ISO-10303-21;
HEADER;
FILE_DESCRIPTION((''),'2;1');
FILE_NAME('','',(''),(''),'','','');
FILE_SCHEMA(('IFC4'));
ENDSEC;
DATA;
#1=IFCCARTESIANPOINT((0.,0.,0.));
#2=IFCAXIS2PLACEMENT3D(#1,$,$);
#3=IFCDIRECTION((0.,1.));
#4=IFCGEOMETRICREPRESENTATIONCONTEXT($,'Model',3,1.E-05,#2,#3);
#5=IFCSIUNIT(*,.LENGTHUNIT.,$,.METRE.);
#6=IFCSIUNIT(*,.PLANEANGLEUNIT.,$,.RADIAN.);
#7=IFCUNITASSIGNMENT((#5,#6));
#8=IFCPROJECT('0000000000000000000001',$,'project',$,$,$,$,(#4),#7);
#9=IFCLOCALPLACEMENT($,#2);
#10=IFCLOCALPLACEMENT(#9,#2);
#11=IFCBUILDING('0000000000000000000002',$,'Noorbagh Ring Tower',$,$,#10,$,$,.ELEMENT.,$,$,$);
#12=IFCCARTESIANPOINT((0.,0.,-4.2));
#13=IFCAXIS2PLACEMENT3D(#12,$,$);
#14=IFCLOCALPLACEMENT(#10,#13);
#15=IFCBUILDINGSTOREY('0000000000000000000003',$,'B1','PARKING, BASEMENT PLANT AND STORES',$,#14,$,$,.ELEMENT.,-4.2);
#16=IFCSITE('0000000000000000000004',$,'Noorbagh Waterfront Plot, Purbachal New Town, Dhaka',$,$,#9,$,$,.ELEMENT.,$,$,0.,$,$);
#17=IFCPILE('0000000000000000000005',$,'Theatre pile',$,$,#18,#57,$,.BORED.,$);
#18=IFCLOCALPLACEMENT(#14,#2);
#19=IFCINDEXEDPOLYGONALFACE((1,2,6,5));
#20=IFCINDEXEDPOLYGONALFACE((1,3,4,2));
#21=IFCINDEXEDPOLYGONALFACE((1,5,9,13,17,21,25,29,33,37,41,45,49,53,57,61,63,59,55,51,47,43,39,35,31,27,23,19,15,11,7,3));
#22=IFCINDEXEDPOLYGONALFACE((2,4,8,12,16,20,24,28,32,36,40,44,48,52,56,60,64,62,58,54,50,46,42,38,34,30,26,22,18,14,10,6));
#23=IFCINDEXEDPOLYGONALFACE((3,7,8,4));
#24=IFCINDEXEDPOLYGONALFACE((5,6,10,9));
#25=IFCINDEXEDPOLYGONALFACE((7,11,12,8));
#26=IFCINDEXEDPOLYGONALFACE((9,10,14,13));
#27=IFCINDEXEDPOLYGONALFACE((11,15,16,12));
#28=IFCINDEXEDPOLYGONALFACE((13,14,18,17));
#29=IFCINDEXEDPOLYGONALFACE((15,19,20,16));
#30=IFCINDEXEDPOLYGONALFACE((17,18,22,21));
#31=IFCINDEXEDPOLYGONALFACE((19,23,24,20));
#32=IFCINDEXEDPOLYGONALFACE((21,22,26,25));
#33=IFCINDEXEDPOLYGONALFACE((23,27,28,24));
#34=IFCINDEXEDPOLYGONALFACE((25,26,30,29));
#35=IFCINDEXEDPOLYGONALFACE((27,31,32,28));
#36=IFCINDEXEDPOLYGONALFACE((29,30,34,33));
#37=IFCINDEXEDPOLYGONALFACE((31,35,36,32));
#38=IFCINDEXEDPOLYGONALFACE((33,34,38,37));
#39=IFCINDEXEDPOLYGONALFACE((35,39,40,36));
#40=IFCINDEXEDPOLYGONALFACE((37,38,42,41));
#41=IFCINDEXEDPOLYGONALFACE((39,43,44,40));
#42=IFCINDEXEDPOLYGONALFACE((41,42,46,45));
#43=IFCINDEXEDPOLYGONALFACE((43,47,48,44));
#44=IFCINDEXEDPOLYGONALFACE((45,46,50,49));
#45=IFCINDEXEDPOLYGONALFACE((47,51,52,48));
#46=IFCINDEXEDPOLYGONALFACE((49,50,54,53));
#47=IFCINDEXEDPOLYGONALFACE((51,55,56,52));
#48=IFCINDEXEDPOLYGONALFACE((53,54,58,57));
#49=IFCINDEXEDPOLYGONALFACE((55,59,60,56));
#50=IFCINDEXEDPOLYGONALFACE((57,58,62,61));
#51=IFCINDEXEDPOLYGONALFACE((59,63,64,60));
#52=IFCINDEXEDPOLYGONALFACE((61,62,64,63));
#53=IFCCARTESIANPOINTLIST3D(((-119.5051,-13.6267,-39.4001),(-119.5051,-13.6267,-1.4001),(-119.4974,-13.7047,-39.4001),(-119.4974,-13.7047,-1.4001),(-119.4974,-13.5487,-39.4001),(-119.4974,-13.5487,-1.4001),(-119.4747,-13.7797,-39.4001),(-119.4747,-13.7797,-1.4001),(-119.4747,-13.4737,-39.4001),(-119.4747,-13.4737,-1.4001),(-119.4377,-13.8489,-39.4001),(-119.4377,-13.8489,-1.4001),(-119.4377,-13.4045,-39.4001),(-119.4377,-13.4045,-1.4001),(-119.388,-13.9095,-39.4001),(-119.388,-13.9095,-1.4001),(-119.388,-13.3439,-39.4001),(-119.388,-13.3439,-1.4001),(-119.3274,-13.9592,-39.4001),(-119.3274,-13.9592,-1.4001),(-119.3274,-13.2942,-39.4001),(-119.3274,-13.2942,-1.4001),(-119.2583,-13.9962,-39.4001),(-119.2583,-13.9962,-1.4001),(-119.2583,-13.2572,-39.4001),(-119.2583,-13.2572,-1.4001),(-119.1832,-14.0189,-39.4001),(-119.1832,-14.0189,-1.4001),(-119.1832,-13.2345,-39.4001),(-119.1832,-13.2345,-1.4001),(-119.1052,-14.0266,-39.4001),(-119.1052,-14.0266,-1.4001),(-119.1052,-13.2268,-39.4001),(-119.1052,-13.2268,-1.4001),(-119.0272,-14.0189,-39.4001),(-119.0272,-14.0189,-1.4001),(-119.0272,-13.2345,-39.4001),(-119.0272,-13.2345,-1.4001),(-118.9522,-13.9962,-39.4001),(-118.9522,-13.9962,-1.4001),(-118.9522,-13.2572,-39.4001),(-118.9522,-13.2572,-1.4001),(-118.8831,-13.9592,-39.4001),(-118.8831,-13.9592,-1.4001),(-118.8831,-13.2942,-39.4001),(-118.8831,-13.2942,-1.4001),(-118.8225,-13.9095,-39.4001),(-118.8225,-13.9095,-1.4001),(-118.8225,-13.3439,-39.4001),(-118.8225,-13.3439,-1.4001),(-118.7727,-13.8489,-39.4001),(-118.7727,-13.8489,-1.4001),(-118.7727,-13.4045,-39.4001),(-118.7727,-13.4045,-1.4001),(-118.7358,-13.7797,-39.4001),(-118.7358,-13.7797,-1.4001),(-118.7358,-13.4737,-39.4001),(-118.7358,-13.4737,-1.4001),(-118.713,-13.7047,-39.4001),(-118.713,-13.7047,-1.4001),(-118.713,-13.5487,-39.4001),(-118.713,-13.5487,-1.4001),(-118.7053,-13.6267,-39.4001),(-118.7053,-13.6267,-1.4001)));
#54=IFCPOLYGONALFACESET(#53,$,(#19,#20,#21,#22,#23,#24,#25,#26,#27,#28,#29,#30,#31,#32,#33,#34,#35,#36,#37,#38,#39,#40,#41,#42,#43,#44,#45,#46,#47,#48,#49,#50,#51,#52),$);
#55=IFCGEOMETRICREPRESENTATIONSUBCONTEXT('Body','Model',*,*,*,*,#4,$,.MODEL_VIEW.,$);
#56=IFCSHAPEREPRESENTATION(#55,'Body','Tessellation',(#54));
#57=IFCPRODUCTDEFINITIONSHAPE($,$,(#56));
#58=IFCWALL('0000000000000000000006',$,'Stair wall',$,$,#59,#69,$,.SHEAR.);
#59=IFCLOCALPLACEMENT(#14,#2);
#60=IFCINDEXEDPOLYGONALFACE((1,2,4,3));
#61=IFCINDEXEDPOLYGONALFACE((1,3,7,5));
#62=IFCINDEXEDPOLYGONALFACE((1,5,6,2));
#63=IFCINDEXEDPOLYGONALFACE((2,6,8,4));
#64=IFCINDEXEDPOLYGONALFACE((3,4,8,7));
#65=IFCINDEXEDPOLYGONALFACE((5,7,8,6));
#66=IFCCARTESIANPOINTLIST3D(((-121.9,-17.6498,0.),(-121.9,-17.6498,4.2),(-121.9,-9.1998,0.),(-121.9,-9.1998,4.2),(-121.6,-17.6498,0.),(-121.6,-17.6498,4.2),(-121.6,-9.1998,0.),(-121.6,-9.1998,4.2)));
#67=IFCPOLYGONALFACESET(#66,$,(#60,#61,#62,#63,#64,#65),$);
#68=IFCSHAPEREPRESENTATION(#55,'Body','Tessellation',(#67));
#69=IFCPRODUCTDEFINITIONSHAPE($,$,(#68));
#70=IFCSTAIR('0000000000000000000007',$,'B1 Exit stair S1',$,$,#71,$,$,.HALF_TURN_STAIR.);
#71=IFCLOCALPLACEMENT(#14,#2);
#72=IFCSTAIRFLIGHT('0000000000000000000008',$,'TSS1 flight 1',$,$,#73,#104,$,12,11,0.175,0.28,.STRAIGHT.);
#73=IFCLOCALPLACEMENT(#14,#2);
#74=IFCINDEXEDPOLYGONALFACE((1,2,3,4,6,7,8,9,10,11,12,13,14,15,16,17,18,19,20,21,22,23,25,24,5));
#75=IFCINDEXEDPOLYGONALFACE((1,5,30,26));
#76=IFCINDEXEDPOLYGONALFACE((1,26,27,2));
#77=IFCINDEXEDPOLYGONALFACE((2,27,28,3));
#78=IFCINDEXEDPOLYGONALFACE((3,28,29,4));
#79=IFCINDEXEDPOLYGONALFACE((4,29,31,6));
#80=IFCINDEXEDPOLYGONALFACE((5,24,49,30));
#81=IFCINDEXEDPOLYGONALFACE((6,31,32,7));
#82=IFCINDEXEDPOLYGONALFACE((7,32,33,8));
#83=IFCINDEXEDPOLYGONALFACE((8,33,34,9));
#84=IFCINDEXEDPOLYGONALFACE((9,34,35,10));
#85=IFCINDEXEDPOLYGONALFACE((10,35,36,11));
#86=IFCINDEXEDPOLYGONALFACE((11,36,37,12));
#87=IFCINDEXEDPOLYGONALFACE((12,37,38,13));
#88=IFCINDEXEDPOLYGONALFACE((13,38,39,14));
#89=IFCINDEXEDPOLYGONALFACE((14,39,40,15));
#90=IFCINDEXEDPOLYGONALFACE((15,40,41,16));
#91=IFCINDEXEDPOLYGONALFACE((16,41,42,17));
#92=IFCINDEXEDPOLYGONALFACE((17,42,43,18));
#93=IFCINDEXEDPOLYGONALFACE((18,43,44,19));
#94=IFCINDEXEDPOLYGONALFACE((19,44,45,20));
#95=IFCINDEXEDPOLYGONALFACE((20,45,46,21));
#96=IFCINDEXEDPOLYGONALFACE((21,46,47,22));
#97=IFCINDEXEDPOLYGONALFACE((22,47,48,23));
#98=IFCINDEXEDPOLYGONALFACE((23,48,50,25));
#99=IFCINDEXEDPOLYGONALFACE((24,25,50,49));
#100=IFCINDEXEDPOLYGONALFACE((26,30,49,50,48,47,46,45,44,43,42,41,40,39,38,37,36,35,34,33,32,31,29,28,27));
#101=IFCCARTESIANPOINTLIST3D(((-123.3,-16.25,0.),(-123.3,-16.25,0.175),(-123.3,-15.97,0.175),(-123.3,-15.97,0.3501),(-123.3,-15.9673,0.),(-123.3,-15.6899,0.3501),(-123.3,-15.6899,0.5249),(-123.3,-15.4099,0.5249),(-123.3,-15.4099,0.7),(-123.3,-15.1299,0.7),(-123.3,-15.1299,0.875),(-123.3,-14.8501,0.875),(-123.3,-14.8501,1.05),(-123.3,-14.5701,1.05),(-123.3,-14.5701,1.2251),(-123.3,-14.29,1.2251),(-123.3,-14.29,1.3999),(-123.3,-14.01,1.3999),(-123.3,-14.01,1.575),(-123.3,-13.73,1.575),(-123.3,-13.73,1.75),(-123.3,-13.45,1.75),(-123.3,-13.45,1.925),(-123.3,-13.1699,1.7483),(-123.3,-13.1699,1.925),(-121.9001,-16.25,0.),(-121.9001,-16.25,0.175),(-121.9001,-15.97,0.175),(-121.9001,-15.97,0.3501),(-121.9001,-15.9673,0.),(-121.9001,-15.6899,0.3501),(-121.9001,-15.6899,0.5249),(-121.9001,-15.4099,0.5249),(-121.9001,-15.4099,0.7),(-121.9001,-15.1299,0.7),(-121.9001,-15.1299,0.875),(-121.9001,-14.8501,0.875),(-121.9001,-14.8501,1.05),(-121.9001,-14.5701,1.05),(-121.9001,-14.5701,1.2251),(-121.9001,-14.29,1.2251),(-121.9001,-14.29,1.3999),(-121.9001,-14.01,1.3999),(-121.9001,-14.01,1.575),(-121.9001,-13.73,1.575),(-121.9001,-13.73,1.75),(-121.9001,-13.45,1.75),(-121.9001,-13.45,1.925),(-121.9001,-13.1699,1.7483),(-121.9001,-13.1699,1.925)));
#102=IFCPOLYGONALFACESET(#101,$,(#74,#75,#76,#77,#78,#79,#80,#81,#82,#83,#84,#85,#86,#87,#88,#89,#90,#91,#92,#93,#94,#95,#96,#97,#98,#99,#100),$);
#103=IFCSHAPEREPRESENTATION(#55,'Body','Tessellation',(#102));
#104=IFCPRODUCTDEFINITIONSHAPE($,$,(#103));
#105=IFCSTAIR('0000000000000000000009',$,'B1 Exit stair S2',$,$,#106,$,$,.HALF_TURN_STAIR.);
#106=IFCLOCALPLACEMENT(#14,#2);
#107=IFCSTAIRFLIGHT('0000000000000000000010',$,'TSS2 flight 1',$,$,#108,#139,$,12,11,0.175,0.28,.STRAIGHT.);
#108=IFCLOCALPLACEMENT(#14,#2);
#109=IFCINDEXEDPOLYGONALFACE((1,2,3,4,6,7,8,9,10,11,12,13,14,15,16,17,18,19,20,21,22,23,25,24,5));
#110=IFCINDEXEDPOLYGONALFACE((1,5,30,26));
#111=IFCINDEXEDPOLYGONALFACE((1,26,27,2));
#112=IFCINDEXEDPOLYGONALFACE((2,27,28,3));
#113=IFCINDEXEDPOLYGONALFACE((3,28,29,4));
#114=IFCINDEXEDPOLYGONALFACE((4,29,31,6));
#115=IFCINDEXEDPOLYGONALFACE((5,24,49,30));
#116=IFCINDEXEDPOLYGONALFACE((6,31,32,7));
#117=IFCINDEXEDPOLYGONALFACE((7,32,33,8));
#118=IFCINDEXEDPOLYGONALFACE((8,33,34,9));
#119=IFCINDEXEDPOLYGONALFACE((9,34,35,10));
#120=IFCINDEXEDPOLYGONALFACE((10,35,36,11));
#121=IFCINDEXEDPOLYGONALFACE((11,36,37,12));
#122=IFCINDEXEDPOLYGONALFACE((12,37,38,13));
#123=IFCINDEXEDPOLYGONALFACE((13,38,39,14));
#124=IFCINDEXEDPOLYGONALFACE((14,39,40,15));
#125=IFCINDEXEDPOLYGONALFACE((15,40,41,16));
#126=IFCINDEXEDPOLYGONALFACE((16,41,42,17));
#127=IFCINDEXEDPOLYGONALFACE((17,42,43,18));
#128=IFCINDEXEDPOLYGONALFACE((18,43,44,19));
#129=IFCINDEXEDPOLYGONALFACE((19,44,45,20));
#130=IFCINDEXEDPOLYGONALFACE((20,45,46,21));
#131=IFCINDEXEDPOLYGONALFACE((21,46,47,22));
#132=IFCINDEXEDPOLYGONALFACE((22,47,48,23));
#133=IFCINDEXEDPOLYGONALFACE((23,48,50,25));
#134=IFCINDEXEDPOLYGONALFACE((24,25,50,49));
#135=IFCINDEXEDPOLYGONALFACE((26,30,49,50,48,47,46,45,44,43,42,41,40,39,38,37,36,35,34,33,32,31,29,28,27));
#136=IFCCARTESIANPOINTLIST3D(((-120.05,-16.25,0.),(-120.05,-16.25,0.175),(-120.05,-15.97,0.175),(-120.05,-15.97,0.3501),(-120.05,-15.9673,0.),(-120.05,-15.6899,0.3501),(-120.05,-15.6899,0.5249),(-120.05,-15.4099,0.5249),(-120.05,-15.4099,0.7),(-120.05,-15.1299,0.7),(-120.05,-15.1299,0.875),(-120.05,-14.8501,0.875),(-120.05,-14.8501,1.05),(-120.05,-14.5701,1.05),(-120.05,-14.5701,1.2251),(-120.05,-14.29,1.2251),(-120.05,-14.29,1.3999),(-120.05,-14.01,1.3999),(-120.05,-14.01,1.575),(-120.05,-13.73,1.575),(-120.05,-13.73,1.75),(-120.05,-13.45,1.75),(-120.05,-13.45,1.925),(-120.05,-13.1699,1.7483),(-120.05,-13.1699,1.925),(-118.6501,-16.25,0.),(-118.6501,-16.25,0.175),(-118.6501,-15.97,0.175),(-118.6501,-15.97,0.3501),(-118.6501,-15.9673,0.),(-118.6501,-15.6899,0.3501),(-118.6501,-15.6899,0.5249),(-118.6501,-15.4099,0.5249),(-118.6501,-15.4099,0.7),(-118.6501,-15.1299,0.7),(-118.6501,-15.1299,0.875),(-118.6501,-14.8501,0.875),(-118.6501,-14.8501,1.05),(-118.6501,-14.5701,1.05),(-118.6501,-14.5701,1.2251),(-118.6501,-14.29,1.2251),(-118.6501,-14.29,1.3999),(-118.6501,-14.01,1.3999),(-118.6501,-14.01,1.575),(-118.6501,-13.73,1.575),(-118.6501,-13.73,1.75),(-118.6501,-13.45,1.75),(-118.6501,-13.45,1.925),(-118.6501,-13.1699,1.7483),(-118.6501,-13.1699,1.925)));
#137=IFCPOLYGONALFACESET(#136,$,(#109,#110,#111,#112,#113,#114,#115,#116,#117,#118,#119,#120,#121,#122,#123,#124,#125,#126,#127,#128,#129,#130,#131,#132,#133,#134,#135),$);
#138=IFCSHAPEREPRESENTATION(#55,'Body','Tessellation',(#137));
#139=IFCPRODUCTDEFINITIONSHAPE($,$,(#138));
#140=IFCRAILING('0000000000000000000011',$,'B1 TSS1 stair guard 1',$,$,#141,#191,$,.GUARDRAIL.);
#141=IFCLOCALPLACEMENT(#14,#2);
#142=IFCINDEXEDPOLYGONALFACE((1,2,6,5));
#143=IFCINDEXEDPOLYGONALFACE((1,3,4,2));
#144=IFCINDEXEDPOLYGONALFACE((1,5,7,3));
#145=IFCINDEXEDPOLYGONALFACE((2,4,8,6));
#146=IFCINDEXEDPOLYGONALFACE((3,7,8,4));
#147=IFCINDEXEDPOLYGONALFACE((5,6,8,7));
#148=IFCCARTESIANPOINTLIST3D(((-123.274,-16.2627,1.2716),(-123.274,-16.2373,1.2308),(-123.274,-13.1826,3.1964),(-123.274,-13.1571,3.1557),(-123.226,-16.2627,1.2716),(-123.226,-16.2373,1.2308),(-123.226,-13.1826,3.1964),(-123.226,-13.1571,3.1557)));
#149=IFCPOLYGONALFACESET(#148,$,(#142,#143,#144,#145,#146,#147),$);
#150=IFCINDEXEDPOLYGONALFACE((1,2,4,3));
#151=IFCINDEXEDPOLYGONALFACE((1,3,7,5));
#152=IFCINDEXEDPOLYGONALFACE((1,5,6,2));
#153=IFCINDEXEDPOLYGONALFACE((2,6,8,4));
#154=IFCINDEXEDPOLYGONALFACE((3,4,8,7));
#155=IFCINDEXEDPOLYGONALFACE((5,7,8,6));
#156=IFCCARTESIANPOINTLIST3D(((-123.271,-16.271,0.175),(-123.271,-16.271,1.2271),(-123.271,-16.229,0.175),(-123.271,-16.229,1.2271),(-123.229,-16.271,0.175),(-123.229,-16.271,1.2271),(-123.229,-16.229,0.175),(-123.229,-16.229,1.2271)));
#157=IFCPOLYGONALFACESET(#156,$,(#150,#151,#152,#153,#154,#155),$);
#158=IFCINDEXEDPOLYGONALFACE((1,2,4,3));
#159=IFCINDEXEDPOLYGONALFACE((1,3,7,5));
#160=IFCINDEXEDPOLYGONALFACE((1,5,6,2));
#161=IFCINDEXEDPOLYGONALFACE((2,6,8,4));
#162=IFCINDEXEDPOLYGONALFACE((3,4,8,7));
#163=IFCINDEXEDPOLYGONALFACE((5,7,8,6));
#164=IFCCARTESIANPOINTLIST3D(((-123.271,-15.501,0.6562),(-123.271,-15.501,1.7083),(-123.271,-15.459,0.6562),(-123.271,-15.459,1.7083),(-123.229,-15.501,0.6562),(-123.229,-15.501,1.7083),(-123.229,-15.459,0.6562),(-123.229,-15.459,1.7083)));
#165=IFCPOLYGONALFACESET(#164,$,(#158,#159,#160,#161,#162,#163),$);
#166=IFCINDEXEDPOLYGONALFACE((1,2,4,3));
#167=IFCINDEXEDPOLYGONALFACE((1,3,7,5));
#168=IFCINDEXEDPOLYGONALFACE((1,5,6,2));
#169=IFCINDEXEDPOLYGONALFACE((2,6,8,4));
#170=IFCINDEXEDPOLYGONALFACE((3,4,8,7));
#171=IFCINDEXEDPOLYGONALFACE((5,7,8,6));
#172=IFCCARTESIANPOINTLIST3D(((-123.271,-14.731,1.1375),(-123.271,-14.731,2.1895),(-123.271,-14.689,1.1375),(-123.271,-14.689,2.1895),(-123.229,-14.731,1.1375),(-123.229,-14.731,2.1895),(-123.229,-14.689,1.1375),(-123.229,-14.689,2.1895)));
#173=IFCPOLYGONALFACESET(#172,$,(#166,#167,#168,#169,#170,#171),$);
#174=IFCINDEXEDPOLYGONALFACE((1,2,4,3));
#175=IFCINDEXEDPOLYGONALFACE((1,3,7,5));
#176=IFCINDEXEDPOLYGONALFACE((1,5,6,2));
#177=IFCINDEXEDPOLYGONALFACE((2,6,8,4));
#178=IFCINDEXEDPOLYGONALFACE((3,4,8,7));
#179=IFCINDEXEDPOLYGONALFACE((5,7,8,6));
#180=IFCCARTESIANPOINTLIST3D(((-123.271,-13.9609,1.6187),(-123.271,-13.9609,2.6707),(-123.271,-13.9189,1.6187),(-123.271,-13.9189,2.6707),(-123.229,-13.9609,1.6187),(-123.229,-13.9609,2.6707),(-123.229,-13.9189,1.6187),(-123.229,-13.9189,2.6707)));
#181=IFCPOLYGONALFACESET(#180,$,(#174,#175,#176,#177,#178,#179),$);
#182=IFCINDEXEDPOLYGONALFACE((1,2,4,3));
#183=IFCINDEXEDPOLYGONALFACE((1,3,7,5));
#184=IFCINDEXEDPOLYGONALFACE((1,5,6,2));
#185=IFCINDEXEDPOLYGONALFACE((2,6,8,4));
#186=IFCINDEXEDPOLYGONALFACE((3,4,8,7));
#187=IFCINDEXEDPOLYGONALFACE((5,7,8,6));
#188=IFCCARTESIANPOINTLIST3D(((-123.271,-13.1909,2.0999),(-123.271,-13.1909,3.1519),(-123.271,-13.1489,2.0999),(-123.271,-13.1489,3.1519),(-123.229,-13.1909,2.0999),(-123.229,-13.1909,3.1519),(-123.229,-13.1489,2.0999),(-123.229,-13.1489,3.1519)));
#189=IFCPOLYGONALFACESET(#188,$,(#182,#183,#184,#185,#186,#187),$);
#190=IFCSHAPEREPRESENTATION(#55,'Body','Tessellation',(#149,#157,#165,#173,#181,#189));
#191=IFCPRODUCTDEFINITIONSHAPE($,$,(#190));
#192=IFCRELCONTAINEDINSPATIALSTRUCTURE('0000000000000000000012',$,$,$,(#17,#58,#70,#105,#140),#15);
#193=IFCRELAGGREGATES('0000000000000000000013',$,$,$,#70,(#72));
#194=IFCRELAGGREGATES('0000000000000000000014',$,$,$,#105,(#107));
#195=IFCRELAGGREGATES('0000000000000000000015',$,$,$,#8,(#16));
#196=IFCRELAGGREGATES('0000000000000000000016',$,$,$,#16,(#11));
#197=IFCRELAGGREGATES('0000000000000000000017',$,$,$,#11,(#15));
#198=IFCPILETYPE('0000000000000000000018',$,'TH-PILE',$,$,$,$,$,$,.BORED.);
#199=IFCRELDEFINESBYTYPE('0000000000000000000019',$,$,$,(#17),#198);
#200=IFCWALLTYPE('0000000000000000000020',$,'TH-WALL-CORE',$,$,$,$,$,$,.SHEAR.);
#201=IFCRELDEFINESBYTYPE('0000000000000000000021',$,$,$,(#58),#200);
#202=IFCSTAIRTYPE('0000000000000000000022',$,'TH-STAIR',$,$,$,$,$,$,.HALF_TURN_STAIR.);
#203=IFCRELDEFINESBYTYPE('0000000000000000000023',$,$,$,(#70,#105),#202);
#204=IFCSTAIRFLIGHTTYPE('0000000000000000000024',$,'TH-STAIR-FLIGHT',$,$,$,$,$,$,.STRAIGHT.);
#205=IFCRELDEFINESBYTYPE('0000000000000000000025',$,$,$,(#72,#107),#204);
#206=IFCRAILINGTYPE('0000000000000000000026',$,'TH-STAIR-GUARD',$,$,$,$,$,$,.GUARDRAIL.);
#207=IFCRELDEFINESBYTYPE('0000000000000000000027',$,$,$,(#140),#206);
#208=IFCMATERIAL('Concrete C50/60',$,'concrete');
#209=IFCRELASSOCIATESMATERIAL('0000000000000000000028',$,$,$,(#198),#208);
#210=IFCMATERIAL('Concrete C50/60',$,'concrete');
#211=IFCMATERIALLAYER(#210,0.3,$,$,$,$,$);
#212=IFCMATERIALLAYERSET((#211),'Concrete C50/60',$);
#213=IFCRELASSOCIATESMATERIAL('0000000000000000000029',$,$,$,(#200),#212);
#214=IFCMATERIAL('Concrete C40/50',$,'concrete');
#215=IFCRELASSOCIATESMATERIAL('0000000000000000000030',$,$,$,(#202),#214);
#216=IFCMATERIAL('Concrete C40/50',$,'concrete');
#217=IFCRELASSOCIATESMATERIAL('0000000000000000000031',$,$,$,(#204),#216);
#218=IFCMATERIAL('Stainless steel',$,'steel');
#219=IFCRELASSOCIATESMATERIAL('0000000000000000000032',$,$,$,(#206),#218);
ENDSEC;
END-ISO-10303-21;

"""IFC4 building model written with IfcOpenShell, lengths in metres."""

from ifc_helpers import new_model, si_unit, direction, frame, frame_2d, origin, origin_2d, place, context, subcontext, project, spatial, polyline, rectangle, circle, outline, extrude, material, layer, layer_set, material_profile, profile_set, type_object, element, aggregate, save


model = new_model("IFC4")

# Units and contexts
model_context = context("Model", 3, precision=1e-05, world=origin(), true_north=direction((0.0, 1.0)))
body_context = subcontext(model_context, "Body", "Model", "MODEL_VIEW")
ifc_project = project(units=[si_unit("LENGTHUNIT", "METRE"), si_unit("PLANEANGLEUNIT", "RADIAN")], contexts=[model_context])

# Site, building, storey
site_placement = place(None, origin())
site = spatial("IfcSite", under=ifc_project, at=site_placement, Name="Noorbagh Waterfront Plot, Purbachal New Town, Dhaka", CompositionType="ELEMENT", RefElevation=0.0)
building_placement = place(site_placement, origin())
building = spatial("IfcBuilding", under=site, at=building_placement, Name="Noorbagh Ring Tower", CompositionType="ELEMENT")
storey_placement = place(building_placement, frame((0.0, 0.0, -4.2)))
storey = spatial("IfcBuildingStorey", under=building, at=storey_placement, Name="B1", Description="PARKING, BASEMENT PLANT AND STORES", CompositionType="ELEMENT", Elevation=-4.2)

# Pile
ifc_material_1 = material(Name="Concrete C50/60", Category="concrete")
ifc_material_profile = material_profile(ifc_material_1, circle(Radius=0.3999, at=origin_2d()), Name="PILE800")
ifc_profile_set = profile_set([ifc_material_profile], Name="Concrete C50/60")
pile_type = type_object("IfcPileType", Name="TH-PILE", PredefinedType="BORED", material=ifc_profile_set)
for number, where, z_axis, x_axis, name in (
    (1, (-119.1052, -13.6267, -1.4001), (0.0, 0.0, -1.0), (1.0, 0.0, 0.0), "Theatre pile"),
):
    element("IfcPile", number, at=place(storey_placement, frame(where, z_axis=z_axis, x_axis=x_axis)), inside=storey, type_object=pile_type, Name=name, PredefinedType="BORED", context=body_context, shape_type="SweptSolid", body=[
        extrude(circle(Radius=0.3999, at=origin_2d()), origin(), (0.0, 0.0, 1.0), 38.0),
    ])

# Wall
ifc_material_2 = material(Name="Concrete C50/60", Category="concrete")
ifc_layer = layer(ifc_material_2, 0.3)
ifc_layer_set = layer_set([ifc_layer], Name="Concrete C50/60")
wall_type = type_object("IfcWallType", Name="TH-WALL-CORE", PredefinedType="SHEAR", material=ifc_layer_set)
wall_placement = place(storey_placement, frame((-121.75, -17.6499, 0.0), z_axis=(0.0, 0.0, 1.0), x_axis=(0.0, 1.0, 0.0)))
element("IfcWall", 2, at=wall_placement, inside=storey, type_object=wall_type, Name="Stair wall", PredefinedType="SHEAR", context=body_context, shape_type="SweptSolid", body=[
    extrude(rectangle(XDim=8.45, YDim=0.3, at=frame_2d((4.2251, 0.0))), origin(), (0.0, 0.0, 1.0), 4.2),
])

# Stairs, stair flights
ifc_material_3 = material(Name="Concrete C40/50", Category="concrete")
stair_type = type_object("IfcStairType", Name="TH-STAIR", PredefinedType="HALF_TURN_STAIR", material=ifc_material_3)
stair_1_placement = place(storey_placement, origin())
stair_1 = element("IfcStair", 3, at=stair_1_placement, inside=storey, type_object=stair_type, Name="B1 Exit stair S1", PredefinedType="HALF_TURN_STAIR")
ifc_material_4 = material(Name="Concrete C40/50", Category="concrete")
stair_flight_type = type_object("IfcStairFlightType", Name="TH-STAIR-FLIGHT", PredefinedType="STRAIGHT", material=ifc_material_4)
stair_flight_1_placement = place(storey_placement, frame((-122.6001, -16.25, 0.0), z_axis=(0.0, 0.0, 1.0), x_axis=(0.0, 1.0, 0.0)))
stair_flight_1 = element("IfcStairFlight", 4, at=stair_flight_1_placement, type_object=stair_flight_type, Name="TSS1 flight 1", NumberOfRisers=12, NumberOfTreads=11, PredefinedType="STRAIGHT", RiserHeight=0.175, TreadLength=0.28, context=body_context, shape_type="SweptSolid", body=[
    extrude(outline(polyline([(0.0, 0.0), (0.0, 0.175), (0.28, 0.175), (0.28, 0.3501), (0.5601, 0.3501), (0.5601, 0.5249), (0.8401, 0.5249), (0.8401, 0.7), (1.1201, 0.7), (1.1201, 0.875), (1.3999, 0.875), (1.3999, 1.05), (1.6799, 1.05), (1.6799, 1.2251), (1.96, 1.2251), (1.96, 1.3999), (2.24, 1.3999), (2.24, 1.575), (2.52, 1.575), (2.52, 1.75), (2.8, 1.75), (2.8, 1.925), (3.0801, 1.925), (3.0801, 2.1001), (3.0801, 1.7483), (0.2827, 0.0), (0.0, 0.0)])), frame((0.0, 0.7, 0.0), z_axis=(0.0, -1.0, 0.0), x_axis=(1.0, 0.0, 0.0)), (0.0, 0.0, 1.0), 1.3999),
])
aggregate(stair_1, [stair_flight_1])
stair_2_placement = place(storey_placement, origin())
stair_2 = element("IfcStair", 5, at=stair_2_placement, inside=storey, type_object=stair_type, Name="B1 Exit stair S2", PredefinedType="HALF_TURN_STAIR")
stair_flight_2_placement = place(storey_placement, frame((-119.3501, -16.25, 0.0), z_axis=(0.0, 0.0, 1.0), x_axis=(0.0, 1.0, 0.0)))
stair_flight_2 = element("IfcStairFlight", 6, at=stair_flight_2_placement, type_object=stair_flight_type, Name="TSS2 flight 1", NumberOfRisers=12, NumberOfTreads=11, PredefinedType="STRAIGHT", RiserHeight=0.175, TreadLength=0.28, context=body_context, shape_type="SweptSolid", body=[
    extrude(outline(polyline([(0.0, 0.0), (0.0, 0.175), (0.28, 0.175), (0.28, 0.3501), (0.5601, 0.3501), (0.5601, 0.5249), (0.8401, 0.5249), (0.8401, 0.7), (1.1201, 0.7), (1.1201, 0.875), (1.3999, 0.875), (1.3999, 1.05), (1.6799, 1.05), (1.6799, 1.2251), (1.96, 1.2251), (1.96, 1.3999), (2.24, 1.3999), (2.24, 1.575), (2.52, 1.575), (2.52, 1.75), (2.8, 1.75), (2.8, 1.925), (3.0801, 1.925), (3.0801, 2.1001), (3.0801, 1.7483), (0.2827, 0.0), (0.0, 0.0)])), frame((0.0, 0.7, 0.0), z_axis=(0.0, -1.0, 0.0), x_axis=(1.0, 0.0, 0.0)), (0.0, 0.0, 1.0), 1.3999),
])
aggregate(stair_2, [stair_flight_2])

# Railing
ifc_material_5 = material(Name="Stainless steel", Category="steel")
railing_type_1 = type_object("IfcRailingType", Name="TH-STAIR-GUARD", PredefinedType="GUARDRAIL", material=ifc_material_5)
railing_1_placement = place(storey_placement, frame((-123.25, -16.25, 0.175)))
element("IfcRailing", 7, at=railing_1_placement, inside=storey, type_object=railing_type_1, Name="B1 TSS1 stair guard 1", PredefinedType="GUARDRAIL", context=body_context, shape_type="SweptSolid", body=[
    extrude(rectangle(XDim=0.0481, YDim=0.0481, at=origin_2d()), frame((0.0, 0.0, 1.0762), z_axis=(0.0, 0.848029, 0.529951), x_axis=(-1.0, 0.0, 0.0)), (0.0, 0.0, 1.0), 3.6321),
    extrude(rectangle(XDim=0.042, YDim=0.042, at=origin_2d()), origin(), (0.0, 0.0, 1.0), 1.052),
    extrude(rectangle(XDim=0.042, YDim=0.042, at=origin_2d()), frame((0.0, 0.77, 0.4812)), (0.0, 0.0, 1.0), 1.052),
    extrude(rectangle(XDim=0.042, YDim=0.042, at=origin_2d()), frame((0.0, 1.54, 0.9624)), (0.0, 0.0, 1.0), 1.052),
    extrude(rectangle(XDim=0.042, YDim=0.042, at=origin_2d()), frame((0.0, 2.3101, 1.4436)), (0.0, 0.0, 1.0), 1.052),
    extrude(rectangle(XDim=0.042, YDim=0.042, at=origin_2d()), frame((0.0, 3.0801, 1.9248)), (0.0, 0.0, 1.0), 1.052),
])

save(model, "model.ifc")
